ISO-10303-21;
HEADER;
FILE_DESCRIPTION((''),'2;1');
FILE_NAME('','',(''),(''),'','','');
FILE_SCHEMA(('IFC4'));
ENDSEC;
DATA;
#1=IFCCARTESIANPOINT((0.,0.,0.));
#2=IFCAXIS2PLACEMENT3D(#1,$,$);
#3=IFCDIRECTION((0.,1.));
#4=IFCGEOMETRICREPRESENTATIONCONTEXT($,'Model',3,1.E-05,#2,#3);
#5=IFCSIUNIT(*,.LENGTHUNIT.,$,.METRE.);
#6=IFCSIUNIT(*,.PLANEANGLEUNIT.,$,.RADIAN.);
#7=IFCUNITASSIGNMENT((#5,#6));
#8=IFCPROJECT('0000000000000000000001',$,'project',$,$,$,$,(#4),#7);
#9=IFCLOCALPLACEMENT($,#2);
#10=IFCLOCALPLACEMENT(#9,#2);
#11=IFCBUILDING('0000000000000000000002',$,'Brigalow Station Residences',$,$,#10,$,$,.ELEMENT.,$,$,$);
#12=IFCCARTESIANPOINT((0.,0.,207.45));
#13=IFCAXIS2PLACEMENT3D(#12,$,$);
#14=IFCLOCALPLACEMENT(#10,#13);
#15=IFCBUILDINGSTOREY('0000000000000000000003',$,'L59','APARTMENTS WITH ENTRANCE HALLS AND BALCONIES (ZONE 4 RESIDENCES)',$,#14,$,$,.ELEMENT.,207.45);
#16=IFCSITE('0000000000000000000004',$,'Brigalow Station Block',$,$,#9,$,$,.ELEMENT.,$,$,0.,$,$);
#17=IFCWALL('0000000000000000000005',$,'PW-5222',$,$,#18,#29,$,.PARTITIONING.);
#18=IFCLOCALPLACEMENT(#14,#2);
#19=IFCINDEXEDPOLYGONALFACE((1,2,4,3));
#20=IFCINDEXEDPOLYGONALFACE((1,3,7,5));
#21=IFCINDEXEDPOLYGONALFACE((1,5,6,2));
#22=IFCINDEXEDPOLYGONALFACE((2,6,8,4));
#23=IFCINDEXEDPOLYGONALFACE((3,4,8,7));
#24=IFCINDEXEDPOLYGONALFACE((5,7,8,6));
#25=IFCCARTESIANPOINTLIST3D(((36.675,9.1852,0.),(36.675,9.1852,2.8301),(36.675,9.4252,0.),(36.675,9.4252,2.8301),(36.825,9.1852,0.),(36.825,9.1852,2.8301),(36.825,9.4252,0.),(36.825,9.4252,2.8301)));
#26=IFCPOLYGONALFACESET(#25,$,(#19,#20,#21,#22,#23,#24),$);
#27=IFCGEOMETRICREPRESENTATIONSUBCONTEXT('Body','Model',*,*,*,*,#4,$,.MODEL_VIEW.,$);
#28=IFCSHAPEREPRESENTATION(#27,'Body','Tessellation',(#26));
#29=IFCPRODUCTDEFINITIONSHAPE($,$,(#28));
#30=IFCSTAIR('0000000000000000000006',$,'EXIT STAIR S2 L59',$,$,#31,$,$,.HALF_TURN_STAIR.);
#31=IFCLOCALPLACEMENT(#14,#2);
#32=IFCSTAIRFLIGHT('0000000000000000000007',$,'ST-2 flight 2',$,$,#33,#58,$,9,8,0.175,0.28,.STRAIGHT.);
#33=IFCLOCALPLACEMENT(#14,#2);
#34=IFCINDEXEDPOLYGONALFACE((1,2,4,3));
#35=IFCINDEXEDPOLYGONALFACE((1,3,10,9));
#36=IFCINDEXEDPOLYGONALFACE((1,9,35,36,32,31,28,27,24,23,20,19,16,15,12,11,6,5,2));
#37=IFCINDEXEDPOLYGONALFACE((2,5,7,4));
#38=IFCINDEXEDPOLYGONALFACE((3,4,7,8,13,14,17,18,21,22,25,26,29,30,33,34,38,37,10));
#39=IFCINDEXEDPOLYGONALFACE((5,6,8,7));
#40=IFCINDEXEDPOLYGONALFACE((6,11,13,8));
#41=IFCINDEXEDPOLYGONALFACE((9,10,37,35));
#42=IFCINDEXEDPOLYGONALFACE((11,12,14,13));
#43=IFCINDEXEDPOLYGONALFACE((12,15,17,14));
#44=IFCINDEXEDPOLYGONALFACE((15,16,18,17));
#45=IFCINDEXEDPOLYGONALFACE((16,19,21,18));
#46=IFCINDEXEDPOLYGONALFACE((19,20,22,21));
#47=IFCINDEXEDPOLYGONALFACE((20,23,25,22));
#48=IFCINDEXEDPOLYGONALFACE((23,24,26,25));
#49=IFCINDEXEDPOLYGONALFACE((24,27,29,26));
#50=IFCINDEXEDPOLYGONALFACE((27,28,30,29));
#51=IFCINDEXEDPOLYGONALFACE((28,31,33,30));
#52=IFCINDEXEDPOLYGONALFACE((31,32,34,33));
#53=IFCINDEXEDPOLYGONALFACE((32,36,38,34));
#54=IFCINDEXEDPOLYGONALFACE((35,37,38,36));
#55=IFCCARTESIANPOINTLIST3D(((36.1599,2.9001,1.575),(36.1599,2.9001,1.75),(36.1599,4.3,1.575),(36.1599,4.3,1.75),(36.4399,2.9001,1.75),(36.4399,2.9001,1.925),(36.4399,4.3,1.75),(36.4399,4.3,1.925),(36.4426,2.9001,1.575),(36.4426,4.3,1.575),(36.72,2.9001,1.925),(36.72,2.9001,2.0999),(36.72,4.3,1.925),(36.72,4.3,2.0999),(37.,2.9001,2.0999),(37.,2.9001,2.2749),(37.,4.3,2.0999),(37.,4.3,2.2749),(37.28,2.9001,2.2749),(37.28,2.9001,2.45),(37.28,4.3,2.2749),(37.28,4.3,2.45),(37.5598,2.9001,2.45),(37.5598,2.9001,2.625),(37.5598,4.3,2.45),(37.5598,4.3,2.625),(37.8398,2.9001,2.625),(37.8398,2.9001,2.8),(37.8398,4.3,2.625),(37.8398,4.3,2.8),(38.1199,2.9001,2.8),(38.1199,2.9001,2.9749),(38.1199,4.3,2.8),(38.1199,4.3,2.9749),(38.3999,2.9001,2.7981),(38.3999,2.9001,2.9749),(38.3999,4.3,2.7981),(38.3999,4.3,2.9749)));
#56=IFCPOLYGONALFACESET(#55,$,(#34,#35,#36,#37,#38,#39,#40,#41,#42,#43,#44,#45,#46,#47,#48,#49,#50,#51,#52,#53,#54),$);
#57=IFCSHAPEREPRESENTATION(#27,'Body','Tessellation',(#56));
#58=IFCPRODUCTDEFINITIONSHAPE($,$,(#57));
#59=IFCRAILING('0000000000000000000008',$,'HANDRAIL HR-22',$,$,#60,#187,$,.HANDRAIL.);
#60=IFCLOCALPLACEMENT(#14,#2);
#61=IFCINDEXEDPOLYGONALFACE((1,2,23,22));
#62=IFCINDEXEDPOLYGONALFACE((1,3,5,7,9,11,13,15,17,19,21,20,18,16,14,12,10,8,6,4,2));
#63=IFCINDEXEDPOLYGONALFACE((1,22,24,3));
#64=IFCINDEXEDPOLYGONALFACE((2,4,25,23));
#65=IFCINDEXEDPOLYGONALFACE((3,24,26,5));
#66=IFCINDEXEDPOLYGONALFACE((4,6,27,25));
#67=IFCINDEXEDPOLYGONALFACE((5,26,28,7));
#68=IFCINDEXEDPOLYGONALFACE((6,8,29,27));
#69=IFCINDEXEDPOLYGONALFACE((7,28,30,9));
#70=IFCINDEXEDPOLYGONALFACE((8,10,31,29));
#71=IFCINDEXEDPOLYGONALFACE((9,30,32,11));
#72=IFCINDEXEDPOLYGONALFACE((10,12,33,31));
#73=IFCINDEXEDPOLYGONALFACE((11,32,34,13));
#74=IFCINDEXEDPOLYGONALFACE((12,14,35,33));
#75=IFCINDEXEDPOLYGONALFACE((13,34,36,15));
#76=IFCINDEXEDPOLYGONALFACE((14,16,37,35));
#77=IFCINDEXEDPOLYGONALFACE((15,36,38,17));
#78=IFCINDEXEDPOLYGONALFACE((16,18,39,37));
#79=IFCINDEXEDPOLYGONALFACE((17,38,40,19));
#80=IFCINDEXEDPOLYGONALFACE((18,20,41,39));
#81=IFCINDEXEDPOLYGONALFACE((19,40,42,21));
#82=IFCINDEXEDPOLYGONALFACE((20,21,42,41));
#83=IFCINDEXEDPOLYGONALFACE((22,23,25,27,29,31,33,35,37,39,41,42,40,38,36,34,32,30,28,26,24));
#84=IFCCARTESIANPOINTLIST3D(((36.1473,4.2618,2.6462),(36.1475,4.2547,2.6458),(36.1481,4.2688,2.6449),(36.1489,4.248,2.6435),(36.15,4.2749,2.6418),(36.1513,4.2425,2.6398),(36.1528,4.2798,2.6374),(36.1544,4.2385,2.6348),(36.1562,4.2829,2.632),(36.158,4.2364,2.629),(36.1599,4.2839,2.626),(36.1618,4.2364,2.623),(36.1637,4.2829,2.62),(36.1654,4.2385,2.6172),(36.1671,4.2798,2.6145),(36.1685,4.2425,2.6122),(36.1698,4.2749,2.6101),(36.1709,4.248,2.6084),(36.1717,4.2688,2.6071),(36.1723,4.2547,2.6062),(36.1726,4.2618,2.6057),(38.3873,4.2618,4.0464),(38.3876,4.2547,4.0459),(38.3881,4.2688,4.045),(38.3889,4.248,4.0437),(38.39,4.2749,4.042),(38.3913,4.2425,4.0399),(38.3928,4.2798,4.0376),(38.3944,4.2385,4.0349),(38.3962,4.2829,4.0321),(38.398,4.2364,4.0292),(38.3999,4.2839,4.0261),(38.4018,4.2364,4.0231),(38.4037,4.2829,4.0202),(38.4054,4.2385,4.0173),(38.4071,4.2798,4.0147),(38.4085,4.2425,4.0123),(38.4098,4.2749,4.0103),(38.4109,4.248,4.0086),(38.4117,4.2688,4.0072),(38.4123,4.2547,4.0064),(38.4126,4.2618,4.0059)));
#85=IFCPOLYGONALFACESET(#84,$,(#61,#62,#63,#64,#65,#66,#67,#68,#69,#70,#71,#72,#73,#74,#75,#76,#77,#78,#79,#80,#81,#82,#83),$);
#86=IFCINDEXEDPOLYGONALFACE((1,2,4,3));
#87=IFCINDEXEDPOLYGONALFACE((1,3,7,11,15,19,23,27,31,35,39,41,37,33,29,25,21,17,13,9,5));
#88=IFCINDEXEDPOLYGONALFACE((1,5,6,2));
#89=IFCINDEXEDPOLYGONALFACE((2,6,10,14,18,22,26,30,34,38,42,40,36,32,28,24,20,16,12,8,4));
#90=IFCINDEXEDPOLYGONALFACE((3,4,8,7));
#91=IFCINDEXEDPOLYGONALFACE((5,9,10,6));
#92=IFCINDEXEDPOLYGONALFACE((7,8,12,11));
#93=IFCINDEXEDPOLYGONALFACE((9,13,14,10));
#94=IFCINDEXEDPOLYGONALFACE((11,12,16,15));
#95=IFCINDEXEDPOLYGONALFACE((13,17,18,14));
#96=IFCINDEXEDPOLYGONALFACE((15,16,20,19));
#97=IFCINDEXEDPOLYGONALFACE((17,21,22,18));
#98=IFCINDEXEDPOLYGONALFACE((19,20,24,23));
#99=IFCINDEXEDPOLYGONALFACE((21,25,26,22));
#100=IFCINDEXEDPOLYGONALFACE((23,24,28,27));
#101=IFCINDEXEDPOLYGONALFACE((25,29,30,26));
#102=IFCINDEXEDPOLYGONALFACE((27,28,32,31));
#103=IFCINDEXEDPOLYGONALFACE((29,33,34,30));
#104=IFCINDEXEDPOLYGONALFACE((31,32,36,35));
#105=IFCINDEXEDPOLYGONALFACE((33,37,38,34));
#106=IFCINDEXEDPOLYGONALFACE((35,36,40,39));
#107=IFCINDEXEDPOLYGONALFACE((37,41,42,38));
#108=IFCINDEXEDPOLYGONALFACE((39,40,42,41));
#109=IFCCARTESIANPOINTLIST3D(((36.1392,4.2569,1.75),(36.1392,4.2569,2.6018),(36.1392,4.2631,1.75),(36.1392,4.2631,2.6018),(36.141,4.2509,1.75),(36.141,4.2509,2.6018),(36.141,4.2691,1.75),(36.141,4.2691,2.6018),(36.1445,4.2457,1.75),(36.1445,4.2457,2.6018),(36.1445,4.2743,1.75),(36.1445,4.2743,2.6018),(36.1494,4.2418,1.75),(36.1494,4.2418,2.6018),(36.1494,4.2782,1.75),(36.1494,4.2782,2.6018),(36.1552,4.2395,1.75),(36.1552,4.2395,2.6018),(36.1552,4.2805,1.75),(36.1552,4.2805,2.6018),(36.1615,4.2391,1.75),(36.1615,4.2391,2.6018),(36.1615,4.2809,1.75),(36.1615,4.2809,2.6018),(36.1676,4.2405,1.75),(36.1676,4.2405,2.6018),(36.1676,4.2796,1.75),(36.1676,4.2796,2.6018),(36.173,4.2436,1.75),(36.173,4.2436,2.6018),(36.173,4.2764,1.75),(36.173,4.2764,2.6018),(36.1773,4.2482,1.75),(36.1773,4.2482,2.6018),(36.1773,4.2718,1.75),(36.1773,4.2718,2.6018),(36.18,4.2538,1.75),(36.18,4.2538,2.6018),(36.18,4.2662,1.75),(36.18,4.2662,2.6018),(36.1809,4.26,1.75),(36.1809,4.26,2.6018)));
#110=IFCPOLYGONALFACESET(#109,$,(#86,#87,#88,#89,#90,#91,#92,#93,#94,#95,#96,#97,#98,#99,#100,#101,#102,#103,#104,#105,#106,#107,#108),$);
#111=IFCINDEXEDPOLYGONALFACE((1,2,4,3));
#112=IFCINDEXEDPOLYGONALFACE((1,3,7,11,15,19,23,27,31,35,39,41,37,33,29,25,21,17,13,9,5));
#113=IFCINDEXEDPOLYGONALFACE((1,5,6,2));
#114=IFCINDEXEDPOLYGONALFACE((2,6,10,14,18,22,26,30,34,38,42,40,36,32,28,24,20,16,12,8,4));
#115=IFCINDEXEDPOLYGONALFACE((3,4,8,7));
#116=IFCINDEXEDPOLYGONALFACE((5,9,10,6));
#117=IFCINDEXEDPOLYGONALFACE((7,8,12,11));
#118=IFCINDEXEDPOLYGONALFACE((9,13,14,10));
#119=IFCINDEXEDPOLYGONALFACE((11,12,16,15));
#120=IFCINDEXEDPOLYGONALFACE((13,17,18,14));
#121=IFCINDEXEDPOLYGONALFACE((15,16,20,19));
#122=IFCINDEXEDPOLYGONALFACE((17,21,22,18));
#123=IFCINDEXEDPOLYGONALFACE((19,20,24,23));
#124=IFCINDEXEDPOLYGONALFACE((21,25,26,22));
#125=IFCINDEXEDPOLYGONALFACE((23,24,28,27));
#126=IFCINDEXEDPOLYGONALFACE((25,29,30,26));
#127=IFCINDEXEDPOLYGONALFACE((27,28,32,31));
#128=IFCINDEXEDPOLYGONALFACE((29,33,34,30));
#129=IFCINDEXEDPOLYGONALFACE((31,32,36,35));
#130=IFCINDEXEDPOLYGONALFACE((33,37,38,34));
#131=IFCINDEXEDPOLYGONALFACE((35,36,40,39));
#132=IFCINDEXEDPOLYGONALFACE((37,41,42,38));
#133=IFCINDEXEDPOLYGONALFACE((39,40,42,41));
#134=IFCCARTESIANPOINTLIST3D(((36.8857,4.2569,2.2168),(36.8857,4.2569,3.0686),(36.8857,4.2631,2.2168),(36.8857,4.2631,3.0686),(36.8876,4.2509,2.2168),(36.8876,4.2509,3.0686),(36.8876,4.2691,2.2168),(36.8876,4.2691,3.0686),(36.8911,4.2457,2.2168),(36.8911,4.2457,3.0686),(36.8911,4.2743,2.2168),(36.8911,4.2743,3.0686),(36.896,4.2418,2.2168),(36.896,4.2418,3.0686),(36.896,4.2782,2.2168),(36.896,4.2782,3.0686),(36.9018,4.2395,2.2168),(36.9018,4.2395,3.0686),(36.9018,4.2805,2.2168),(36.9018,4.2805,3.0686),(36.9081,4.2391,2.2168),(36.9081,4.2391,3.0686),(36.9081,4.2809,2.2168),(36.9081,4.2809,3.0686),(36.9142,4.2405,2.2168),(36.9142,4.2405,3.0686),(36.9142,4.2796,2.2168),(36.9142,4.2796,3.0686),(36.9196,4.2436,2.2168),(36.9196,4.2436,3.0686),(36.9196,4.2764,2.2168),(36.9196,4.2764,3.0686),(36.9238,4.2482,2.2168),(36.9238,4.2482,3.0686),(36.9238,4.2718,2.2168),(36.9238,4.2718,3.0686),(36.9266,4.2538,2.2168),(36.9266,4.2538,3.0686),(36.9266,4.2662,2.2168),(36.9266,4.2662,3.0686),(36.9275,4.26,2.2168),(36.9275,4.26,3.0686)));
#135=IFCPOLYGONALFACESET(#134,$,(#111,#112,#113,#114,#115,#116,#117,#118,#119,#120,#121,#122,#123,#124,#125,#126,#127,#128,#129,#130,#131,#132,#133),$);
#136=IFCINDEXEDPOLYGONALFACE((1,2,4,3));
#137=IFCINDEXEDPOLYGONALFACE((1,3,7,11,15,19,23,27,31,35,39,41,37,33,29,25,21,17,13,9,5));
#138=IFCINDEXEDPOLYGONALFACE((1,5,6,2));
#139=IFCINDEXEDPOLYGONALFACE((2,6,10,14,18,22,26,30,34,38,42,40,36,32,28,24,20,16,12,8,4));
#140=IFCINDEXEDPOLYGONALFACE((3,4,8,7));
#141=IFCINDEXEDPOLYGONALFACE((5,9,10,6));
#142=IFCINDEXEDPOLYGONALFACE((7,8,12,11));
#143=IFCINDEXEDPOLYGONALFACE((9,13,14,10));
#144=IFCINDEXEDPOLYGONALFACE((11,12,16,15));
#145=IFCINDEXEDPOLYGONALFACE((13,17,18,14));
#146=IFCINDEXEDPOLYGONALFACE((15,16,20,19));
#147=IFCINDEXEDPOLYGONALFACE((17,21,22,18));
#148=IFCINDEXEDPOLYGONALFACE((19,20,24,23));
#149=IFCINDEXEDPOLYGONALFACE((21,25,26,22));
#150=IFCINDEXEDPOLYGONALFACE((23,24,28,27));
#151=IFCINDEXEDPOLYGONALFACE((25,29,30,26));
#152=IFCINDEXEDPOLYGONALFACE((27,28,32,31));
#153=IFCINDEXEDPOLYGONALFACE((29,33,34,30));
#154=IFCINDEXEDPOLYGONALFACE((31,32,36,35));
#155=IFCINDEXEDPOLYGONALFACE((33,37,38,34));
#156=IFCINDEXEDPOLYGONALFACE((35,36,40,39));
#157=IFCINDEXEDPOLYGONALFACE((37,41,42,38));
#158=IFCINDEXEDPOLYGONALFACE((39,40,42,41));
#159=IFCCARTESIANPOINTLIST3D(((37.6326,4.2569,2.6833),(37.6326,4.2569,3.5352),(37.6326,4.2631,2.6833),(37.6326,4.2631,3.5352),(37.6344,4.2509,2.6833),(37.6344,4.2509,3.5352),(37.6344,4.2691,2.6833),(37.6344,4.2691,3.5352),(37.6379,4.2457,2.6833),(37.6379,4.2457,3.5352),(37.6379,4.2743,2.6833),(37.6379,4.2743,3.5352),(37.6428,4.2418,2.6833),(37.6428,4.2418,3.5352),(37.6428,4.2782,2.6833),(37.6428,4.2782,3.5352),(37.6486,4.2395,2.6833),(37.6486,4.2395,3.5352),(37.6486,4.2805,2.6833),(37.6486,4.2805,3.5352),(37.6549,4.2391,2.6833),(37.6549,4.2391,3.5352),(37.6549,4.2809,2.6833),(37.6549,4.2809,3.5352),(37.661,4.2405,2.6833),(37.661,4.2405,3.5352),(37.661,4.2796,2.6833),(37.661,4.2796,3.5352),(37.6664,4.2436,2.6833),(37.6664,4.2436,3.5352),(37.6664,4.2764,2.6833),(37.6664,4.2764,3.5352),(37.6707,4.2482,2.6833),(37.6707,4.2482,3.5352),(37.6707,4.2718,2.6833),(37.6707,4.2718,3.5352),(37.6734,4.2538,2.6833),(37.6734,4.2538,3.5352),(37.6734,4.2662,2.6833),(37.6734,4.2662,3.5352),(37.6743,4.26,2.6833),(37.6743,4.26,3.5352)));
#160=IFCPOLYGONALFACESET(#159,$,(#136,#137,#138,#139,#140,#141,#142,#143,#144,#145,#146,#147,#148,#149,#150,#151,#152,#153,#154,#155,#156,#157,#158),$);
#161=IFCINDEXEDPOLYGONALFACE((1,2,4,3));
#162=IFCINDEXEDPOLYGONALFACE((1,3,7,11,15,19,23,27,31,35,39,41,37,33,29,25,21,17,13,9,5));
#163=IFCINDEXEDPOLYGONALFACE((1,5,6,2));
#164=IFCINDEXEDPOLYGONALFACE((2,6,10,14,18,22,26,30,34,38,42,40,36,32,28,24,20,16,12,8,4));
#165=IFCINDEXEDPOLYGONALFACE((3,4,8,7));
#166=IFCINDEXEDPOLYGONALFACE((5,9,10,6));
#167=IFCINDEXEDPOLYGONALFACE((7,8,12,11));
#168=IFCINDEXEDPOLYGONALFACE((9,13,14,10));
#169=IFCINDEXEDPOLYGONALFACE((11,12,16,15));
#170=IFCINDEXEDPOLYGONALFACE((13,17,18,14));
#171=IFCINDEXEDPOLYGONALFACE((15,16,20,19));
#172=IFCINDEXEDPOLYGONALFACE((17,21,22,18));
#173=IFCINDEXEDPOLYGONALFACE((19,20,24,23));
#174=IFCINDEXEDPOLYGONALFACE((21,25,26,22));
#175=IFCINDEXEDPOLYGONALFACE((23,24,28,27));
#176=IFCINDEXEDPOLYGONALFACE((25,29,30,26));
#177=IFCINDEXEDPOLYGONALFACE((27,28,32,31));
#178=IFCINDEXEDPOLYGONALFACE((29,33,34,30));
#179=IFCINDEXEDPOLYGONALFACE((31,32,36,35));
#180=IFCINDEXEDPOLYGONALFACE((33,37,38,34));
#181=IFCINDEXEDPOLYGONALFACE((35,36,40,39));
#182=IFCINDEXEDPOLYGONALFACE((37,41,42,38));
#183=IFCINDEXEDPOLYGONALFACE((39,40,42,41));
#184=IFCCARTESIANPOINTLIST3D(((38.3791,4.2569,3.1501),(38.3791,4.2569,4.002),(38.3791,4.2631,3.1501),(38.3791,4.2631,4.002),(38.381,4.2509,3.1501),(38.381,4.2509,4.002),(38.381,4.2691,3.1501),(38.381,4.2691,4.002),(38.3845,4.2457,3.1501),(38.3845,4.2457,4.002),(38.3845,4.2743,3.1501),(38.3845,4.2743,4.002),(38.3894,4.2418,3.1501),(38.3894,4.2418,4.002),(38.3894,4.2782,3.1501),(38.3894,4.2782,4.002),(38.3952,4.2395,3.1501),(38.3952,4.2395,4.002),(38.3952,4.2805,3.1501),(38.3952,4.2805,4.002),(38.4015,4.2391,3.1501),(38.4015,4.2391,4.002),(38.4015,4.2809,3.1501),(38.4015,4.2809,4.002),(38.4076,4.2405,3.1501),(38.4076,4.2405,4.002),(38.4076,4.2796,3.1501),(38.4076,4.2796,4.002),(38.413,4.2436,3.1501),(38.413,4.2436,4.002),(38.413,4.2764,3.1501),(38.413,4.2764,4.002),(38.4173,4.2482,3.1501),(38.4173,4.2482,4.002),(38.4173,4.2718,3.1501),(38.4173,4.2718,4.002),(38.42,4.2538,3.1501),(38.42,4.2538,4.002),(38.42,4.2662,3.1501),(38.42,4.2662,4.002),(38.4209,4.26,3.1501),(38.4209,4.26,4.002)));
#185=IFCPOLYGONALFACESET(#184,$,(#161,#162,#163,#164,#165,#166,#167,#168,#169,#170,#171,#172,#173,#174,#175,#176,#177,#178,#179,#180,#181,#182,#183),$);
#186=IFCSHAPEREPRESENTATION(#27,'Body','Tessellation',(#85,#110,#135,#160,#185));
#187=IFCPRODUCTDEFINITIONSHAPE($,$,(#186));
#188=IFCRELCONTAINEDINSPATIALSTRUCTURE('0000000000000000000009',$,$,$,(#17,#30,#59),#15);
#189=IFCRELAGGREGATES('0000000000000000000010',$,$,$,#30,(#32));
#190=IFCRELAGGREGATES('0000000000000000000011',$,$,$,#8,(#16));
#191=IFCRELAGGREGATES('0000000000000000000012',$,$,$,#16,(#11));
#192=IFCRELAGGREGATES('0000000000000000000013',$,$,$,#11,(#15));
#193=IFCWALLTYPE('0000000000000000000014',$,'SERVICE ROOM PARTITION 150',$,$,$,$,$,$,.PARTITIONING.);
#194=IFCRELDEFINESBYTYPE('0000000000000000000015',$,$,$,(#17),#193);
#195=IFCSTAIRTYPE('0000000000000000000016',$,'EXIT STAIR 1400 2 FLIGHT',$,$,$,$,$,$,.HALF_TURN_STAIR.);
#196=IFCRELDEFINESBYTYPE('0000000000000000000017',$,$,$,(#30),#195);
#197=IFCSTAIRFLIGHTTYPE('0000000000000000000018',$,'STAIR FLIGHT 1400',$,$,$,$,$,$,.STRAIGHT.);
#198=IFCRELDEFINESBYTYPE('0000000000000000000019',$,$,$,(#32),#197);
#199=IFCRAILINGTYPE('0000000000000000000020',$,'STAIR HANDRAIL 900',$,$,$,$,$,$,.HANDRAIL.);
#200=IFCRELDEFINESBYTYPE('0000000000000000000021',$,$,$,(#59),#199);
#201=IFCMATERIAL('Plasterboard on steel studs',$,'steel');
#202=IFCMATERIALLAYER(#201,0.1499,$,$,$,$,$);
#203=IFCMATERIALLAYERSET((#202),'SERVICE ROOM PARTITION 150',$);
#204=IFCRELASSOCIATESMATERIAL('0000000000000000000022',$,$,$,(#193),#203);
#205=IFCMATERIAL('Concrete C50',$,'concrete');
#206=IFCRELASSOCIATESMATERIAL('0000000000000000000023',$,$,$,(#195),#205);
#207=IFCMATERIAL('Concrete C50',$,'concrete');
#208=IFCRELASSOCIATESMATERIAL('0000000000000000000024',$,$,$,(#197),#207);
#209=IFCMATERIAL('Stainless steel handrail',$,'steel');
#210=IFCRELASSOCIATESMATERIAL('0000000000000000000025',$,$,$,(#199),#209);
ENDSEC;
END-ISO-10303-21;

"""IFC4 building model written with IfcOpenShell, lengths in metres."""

from ifc_helpers import new_model, si_unit, direction, frame, frame_2d, origin, origin_2d, place, context, subcontext, project, spatial, polyline, rectangle, circle, outline, extrude, material, layer, layer_set, type_object, element, aggregate, save


model = new_model("IFC4")

# Units and contexts
model_context = context("Model", 3, precision=1e-05, world=origin(), true_north=direction((0.0, 1.0)))
body_context = subcontext(model_context, "Body", "Model", "MODEL_VIEW")
ifc_project = project(units=[si_unit("LENGTHUNIT", "METRE"), si_unit("PLANEANGLEUNIT", "RADIAN")], contexts=[model_context])

# Site, building, storey
site_placement = place(None, origin())
site = spatial("IfcSite", under=ifc_project, at=site_placement, Name="Brigalow Station Block", CompositionType="ELEMENT", RefElevation=0.0)
building_placement = place(site_placement, origin())
building = spatial("IfcBuilding", under=site, at=building_placement, Name="Brigalow Station Residences", CompositionType="ELEMENT")
storey_placement = place(building_placement, frame((0.0, 0.0, 207.45)))
storey = spatial("IfcBuildingStorey", under=building, at=storey_placement, Name="L59", Description="APARTMENTS WITH ENTRANCE HALLS AND BALCONIES (ZONE 4 RESIDENCES)", CompositionType="ELEMENT", Elevation=207.45)

# Wall
ifc_material_1 = material(Name="Plasterboard on steel studs", Category="steel")
ifc_layer_1 = layer(ifc_material_1, 0.1499)
ifc_layer_set_1 = layer_set([ifc_layer_1], Name="SERVICE ROOM PARTITION 150")
wall_type_1 = type_object("IfcWallType", Name="SERVICE ROOM PARTITION 150", PredefinedType="PARTITIONING", material=ifc_layer_set_1)
wall_1_placement = place(storey_placement, frame((36.75, 9.1851, 0.0), z_axis=(0.0, 0.0, 1.0), x_axis=(0.0, 1.0, 0.0)))
element("IfcWall", 1, at=wall_1_placement, inside=storey, type_object=wall_type_1, Name="PW-5222", PredefinedType="PARTITIONING", context=body_context, shape_type="SweptSolid", body=[
    extrude(rectangle(XDim=0.24, YDim=0.1499, at=frame_2d((0.1201, 0.0))), origin(), (0.0, 0.0, 1.0), 2.8301),
])

# Stair, stair flight
ifc_material_2 = material(Name="Concrete C50", Category="concrete")
stair_type = type_object("IfcStairType", Name="EXIT STAIR 1400 2 FLIGHT", PredefinedType="HALF_TURN_STAIR", material=ifc_material_2)
stair_placement = place(storey_placement, origin())
stair = element("IfcStair", 2, at=stair_placement, inside=storey, type_object=stair_type, Name="EXIT STAIR S2 L59", PredefinedType="HALF_TURN_STAIR")
ifc_material_3 = material(Name="Concrete C50", Category="concrete")
stair_flight_type = type_object("IfcStairFlightType", Name="STAIR FLIGHT 1400", PredefinedType="STRAIGHT", material=ifc_material_3)
stair_flight_placement = place(storey_placement, frame((36.1599, 3.6001, 1.575), z_axis=(0.0, 0.0, 1.0), x_axis=(1.0, 0.0, 0.0)))
stair_flight = element("IfcStairFlight", 3, at=stair_flight_placement, type_object=stair_flight_type, Name="ST-2 flight 2", NumberOfRisers=9, NumberOfTreads=8, PredefinedType="STRAIGHT", RiserHeight=0.175, TreadLength=0.28, context=body_context, shape_type="SweptSolid", body=[
    extrude(outline(polyline([(0.0, 0.0), (0.0, 0.175), (0.28, 0.175), (0.28, 0.3501), (0.5601, 0.3501), (0.5601, 0.5249), (0.8401, 0.5249), (0.8401, 0.7), (1.1201, 0.7), (1.1201, 0.875), (1.3999, 0.875), (1.3999, 1.05), (1.6799, 1.05), (1.6799, 1.2251), (1.96, 1.2251), (1.96, 1.3999), (2.24, 1.3999), (2.24, 1.575), (2.24, 1.2231), (0.2827, 0.0), (0.0, 0.0)])), frame((0.0, 0.7, 0.0), z_axis=(0.0, -1.0, 0.0), x_axis=(1.0, 0.0, 0.0)), (0.0, 0.0, 1.0), 1.3999),
])
aggregate(stair, [stair_flight])

# Railing
ifc_material_4 = material(Name="Stainless steel handrail", Category="steel")
railing_type = type_object("IfcRailingType", Name="STAIR HANDRAIL 900", PredefinedType="HANDRAIL", material=ifc_material_4)
railing_placement = place(storey_placement, frame((36.1599, 4.26, 1.75)))
element("IfcRailing", 4, at=railing_placement, inside=storey, type_object=railing_type, Name="HANDRAIL HR-22", PredefinedType="HANDRAIL", context=body_context, shape_type="SweptSolid", body=[
    extrude(circle(Radius=0.0239, at=origin_2d()), frame((0.0, 0.0, 0.876), z_axis=(0.847972, 0.0, 0.53004), x_axis=(0.0, 1.0, 0.0)), (0.0, 0.0, 1.0), 2.6416),
    extrude(circle(Radius=0.021, at=origin_2d()), origin(), (0.0, 0.0, 1.0), 0.8518),
    extrude(circle(Radius=0.021, at=origin_2d()), frame((0.7466, 0.0, 0.4668)), (0.0, 0.0, 1.0), 0.8518),
    extrude(circle(Radius=0.021, at=origin_2d()), frame((1.4934, 0.0, 0.9333)), (0.0, 0.0, 1.0), 0.8518),
    extrude(circle(Radius=0.021, at=origin_2d()), frame((2.24, 0.0, 1.4001)), (0.0, 0.0, 1.0), 0.8518),
])

save(model, "model.ifc")
